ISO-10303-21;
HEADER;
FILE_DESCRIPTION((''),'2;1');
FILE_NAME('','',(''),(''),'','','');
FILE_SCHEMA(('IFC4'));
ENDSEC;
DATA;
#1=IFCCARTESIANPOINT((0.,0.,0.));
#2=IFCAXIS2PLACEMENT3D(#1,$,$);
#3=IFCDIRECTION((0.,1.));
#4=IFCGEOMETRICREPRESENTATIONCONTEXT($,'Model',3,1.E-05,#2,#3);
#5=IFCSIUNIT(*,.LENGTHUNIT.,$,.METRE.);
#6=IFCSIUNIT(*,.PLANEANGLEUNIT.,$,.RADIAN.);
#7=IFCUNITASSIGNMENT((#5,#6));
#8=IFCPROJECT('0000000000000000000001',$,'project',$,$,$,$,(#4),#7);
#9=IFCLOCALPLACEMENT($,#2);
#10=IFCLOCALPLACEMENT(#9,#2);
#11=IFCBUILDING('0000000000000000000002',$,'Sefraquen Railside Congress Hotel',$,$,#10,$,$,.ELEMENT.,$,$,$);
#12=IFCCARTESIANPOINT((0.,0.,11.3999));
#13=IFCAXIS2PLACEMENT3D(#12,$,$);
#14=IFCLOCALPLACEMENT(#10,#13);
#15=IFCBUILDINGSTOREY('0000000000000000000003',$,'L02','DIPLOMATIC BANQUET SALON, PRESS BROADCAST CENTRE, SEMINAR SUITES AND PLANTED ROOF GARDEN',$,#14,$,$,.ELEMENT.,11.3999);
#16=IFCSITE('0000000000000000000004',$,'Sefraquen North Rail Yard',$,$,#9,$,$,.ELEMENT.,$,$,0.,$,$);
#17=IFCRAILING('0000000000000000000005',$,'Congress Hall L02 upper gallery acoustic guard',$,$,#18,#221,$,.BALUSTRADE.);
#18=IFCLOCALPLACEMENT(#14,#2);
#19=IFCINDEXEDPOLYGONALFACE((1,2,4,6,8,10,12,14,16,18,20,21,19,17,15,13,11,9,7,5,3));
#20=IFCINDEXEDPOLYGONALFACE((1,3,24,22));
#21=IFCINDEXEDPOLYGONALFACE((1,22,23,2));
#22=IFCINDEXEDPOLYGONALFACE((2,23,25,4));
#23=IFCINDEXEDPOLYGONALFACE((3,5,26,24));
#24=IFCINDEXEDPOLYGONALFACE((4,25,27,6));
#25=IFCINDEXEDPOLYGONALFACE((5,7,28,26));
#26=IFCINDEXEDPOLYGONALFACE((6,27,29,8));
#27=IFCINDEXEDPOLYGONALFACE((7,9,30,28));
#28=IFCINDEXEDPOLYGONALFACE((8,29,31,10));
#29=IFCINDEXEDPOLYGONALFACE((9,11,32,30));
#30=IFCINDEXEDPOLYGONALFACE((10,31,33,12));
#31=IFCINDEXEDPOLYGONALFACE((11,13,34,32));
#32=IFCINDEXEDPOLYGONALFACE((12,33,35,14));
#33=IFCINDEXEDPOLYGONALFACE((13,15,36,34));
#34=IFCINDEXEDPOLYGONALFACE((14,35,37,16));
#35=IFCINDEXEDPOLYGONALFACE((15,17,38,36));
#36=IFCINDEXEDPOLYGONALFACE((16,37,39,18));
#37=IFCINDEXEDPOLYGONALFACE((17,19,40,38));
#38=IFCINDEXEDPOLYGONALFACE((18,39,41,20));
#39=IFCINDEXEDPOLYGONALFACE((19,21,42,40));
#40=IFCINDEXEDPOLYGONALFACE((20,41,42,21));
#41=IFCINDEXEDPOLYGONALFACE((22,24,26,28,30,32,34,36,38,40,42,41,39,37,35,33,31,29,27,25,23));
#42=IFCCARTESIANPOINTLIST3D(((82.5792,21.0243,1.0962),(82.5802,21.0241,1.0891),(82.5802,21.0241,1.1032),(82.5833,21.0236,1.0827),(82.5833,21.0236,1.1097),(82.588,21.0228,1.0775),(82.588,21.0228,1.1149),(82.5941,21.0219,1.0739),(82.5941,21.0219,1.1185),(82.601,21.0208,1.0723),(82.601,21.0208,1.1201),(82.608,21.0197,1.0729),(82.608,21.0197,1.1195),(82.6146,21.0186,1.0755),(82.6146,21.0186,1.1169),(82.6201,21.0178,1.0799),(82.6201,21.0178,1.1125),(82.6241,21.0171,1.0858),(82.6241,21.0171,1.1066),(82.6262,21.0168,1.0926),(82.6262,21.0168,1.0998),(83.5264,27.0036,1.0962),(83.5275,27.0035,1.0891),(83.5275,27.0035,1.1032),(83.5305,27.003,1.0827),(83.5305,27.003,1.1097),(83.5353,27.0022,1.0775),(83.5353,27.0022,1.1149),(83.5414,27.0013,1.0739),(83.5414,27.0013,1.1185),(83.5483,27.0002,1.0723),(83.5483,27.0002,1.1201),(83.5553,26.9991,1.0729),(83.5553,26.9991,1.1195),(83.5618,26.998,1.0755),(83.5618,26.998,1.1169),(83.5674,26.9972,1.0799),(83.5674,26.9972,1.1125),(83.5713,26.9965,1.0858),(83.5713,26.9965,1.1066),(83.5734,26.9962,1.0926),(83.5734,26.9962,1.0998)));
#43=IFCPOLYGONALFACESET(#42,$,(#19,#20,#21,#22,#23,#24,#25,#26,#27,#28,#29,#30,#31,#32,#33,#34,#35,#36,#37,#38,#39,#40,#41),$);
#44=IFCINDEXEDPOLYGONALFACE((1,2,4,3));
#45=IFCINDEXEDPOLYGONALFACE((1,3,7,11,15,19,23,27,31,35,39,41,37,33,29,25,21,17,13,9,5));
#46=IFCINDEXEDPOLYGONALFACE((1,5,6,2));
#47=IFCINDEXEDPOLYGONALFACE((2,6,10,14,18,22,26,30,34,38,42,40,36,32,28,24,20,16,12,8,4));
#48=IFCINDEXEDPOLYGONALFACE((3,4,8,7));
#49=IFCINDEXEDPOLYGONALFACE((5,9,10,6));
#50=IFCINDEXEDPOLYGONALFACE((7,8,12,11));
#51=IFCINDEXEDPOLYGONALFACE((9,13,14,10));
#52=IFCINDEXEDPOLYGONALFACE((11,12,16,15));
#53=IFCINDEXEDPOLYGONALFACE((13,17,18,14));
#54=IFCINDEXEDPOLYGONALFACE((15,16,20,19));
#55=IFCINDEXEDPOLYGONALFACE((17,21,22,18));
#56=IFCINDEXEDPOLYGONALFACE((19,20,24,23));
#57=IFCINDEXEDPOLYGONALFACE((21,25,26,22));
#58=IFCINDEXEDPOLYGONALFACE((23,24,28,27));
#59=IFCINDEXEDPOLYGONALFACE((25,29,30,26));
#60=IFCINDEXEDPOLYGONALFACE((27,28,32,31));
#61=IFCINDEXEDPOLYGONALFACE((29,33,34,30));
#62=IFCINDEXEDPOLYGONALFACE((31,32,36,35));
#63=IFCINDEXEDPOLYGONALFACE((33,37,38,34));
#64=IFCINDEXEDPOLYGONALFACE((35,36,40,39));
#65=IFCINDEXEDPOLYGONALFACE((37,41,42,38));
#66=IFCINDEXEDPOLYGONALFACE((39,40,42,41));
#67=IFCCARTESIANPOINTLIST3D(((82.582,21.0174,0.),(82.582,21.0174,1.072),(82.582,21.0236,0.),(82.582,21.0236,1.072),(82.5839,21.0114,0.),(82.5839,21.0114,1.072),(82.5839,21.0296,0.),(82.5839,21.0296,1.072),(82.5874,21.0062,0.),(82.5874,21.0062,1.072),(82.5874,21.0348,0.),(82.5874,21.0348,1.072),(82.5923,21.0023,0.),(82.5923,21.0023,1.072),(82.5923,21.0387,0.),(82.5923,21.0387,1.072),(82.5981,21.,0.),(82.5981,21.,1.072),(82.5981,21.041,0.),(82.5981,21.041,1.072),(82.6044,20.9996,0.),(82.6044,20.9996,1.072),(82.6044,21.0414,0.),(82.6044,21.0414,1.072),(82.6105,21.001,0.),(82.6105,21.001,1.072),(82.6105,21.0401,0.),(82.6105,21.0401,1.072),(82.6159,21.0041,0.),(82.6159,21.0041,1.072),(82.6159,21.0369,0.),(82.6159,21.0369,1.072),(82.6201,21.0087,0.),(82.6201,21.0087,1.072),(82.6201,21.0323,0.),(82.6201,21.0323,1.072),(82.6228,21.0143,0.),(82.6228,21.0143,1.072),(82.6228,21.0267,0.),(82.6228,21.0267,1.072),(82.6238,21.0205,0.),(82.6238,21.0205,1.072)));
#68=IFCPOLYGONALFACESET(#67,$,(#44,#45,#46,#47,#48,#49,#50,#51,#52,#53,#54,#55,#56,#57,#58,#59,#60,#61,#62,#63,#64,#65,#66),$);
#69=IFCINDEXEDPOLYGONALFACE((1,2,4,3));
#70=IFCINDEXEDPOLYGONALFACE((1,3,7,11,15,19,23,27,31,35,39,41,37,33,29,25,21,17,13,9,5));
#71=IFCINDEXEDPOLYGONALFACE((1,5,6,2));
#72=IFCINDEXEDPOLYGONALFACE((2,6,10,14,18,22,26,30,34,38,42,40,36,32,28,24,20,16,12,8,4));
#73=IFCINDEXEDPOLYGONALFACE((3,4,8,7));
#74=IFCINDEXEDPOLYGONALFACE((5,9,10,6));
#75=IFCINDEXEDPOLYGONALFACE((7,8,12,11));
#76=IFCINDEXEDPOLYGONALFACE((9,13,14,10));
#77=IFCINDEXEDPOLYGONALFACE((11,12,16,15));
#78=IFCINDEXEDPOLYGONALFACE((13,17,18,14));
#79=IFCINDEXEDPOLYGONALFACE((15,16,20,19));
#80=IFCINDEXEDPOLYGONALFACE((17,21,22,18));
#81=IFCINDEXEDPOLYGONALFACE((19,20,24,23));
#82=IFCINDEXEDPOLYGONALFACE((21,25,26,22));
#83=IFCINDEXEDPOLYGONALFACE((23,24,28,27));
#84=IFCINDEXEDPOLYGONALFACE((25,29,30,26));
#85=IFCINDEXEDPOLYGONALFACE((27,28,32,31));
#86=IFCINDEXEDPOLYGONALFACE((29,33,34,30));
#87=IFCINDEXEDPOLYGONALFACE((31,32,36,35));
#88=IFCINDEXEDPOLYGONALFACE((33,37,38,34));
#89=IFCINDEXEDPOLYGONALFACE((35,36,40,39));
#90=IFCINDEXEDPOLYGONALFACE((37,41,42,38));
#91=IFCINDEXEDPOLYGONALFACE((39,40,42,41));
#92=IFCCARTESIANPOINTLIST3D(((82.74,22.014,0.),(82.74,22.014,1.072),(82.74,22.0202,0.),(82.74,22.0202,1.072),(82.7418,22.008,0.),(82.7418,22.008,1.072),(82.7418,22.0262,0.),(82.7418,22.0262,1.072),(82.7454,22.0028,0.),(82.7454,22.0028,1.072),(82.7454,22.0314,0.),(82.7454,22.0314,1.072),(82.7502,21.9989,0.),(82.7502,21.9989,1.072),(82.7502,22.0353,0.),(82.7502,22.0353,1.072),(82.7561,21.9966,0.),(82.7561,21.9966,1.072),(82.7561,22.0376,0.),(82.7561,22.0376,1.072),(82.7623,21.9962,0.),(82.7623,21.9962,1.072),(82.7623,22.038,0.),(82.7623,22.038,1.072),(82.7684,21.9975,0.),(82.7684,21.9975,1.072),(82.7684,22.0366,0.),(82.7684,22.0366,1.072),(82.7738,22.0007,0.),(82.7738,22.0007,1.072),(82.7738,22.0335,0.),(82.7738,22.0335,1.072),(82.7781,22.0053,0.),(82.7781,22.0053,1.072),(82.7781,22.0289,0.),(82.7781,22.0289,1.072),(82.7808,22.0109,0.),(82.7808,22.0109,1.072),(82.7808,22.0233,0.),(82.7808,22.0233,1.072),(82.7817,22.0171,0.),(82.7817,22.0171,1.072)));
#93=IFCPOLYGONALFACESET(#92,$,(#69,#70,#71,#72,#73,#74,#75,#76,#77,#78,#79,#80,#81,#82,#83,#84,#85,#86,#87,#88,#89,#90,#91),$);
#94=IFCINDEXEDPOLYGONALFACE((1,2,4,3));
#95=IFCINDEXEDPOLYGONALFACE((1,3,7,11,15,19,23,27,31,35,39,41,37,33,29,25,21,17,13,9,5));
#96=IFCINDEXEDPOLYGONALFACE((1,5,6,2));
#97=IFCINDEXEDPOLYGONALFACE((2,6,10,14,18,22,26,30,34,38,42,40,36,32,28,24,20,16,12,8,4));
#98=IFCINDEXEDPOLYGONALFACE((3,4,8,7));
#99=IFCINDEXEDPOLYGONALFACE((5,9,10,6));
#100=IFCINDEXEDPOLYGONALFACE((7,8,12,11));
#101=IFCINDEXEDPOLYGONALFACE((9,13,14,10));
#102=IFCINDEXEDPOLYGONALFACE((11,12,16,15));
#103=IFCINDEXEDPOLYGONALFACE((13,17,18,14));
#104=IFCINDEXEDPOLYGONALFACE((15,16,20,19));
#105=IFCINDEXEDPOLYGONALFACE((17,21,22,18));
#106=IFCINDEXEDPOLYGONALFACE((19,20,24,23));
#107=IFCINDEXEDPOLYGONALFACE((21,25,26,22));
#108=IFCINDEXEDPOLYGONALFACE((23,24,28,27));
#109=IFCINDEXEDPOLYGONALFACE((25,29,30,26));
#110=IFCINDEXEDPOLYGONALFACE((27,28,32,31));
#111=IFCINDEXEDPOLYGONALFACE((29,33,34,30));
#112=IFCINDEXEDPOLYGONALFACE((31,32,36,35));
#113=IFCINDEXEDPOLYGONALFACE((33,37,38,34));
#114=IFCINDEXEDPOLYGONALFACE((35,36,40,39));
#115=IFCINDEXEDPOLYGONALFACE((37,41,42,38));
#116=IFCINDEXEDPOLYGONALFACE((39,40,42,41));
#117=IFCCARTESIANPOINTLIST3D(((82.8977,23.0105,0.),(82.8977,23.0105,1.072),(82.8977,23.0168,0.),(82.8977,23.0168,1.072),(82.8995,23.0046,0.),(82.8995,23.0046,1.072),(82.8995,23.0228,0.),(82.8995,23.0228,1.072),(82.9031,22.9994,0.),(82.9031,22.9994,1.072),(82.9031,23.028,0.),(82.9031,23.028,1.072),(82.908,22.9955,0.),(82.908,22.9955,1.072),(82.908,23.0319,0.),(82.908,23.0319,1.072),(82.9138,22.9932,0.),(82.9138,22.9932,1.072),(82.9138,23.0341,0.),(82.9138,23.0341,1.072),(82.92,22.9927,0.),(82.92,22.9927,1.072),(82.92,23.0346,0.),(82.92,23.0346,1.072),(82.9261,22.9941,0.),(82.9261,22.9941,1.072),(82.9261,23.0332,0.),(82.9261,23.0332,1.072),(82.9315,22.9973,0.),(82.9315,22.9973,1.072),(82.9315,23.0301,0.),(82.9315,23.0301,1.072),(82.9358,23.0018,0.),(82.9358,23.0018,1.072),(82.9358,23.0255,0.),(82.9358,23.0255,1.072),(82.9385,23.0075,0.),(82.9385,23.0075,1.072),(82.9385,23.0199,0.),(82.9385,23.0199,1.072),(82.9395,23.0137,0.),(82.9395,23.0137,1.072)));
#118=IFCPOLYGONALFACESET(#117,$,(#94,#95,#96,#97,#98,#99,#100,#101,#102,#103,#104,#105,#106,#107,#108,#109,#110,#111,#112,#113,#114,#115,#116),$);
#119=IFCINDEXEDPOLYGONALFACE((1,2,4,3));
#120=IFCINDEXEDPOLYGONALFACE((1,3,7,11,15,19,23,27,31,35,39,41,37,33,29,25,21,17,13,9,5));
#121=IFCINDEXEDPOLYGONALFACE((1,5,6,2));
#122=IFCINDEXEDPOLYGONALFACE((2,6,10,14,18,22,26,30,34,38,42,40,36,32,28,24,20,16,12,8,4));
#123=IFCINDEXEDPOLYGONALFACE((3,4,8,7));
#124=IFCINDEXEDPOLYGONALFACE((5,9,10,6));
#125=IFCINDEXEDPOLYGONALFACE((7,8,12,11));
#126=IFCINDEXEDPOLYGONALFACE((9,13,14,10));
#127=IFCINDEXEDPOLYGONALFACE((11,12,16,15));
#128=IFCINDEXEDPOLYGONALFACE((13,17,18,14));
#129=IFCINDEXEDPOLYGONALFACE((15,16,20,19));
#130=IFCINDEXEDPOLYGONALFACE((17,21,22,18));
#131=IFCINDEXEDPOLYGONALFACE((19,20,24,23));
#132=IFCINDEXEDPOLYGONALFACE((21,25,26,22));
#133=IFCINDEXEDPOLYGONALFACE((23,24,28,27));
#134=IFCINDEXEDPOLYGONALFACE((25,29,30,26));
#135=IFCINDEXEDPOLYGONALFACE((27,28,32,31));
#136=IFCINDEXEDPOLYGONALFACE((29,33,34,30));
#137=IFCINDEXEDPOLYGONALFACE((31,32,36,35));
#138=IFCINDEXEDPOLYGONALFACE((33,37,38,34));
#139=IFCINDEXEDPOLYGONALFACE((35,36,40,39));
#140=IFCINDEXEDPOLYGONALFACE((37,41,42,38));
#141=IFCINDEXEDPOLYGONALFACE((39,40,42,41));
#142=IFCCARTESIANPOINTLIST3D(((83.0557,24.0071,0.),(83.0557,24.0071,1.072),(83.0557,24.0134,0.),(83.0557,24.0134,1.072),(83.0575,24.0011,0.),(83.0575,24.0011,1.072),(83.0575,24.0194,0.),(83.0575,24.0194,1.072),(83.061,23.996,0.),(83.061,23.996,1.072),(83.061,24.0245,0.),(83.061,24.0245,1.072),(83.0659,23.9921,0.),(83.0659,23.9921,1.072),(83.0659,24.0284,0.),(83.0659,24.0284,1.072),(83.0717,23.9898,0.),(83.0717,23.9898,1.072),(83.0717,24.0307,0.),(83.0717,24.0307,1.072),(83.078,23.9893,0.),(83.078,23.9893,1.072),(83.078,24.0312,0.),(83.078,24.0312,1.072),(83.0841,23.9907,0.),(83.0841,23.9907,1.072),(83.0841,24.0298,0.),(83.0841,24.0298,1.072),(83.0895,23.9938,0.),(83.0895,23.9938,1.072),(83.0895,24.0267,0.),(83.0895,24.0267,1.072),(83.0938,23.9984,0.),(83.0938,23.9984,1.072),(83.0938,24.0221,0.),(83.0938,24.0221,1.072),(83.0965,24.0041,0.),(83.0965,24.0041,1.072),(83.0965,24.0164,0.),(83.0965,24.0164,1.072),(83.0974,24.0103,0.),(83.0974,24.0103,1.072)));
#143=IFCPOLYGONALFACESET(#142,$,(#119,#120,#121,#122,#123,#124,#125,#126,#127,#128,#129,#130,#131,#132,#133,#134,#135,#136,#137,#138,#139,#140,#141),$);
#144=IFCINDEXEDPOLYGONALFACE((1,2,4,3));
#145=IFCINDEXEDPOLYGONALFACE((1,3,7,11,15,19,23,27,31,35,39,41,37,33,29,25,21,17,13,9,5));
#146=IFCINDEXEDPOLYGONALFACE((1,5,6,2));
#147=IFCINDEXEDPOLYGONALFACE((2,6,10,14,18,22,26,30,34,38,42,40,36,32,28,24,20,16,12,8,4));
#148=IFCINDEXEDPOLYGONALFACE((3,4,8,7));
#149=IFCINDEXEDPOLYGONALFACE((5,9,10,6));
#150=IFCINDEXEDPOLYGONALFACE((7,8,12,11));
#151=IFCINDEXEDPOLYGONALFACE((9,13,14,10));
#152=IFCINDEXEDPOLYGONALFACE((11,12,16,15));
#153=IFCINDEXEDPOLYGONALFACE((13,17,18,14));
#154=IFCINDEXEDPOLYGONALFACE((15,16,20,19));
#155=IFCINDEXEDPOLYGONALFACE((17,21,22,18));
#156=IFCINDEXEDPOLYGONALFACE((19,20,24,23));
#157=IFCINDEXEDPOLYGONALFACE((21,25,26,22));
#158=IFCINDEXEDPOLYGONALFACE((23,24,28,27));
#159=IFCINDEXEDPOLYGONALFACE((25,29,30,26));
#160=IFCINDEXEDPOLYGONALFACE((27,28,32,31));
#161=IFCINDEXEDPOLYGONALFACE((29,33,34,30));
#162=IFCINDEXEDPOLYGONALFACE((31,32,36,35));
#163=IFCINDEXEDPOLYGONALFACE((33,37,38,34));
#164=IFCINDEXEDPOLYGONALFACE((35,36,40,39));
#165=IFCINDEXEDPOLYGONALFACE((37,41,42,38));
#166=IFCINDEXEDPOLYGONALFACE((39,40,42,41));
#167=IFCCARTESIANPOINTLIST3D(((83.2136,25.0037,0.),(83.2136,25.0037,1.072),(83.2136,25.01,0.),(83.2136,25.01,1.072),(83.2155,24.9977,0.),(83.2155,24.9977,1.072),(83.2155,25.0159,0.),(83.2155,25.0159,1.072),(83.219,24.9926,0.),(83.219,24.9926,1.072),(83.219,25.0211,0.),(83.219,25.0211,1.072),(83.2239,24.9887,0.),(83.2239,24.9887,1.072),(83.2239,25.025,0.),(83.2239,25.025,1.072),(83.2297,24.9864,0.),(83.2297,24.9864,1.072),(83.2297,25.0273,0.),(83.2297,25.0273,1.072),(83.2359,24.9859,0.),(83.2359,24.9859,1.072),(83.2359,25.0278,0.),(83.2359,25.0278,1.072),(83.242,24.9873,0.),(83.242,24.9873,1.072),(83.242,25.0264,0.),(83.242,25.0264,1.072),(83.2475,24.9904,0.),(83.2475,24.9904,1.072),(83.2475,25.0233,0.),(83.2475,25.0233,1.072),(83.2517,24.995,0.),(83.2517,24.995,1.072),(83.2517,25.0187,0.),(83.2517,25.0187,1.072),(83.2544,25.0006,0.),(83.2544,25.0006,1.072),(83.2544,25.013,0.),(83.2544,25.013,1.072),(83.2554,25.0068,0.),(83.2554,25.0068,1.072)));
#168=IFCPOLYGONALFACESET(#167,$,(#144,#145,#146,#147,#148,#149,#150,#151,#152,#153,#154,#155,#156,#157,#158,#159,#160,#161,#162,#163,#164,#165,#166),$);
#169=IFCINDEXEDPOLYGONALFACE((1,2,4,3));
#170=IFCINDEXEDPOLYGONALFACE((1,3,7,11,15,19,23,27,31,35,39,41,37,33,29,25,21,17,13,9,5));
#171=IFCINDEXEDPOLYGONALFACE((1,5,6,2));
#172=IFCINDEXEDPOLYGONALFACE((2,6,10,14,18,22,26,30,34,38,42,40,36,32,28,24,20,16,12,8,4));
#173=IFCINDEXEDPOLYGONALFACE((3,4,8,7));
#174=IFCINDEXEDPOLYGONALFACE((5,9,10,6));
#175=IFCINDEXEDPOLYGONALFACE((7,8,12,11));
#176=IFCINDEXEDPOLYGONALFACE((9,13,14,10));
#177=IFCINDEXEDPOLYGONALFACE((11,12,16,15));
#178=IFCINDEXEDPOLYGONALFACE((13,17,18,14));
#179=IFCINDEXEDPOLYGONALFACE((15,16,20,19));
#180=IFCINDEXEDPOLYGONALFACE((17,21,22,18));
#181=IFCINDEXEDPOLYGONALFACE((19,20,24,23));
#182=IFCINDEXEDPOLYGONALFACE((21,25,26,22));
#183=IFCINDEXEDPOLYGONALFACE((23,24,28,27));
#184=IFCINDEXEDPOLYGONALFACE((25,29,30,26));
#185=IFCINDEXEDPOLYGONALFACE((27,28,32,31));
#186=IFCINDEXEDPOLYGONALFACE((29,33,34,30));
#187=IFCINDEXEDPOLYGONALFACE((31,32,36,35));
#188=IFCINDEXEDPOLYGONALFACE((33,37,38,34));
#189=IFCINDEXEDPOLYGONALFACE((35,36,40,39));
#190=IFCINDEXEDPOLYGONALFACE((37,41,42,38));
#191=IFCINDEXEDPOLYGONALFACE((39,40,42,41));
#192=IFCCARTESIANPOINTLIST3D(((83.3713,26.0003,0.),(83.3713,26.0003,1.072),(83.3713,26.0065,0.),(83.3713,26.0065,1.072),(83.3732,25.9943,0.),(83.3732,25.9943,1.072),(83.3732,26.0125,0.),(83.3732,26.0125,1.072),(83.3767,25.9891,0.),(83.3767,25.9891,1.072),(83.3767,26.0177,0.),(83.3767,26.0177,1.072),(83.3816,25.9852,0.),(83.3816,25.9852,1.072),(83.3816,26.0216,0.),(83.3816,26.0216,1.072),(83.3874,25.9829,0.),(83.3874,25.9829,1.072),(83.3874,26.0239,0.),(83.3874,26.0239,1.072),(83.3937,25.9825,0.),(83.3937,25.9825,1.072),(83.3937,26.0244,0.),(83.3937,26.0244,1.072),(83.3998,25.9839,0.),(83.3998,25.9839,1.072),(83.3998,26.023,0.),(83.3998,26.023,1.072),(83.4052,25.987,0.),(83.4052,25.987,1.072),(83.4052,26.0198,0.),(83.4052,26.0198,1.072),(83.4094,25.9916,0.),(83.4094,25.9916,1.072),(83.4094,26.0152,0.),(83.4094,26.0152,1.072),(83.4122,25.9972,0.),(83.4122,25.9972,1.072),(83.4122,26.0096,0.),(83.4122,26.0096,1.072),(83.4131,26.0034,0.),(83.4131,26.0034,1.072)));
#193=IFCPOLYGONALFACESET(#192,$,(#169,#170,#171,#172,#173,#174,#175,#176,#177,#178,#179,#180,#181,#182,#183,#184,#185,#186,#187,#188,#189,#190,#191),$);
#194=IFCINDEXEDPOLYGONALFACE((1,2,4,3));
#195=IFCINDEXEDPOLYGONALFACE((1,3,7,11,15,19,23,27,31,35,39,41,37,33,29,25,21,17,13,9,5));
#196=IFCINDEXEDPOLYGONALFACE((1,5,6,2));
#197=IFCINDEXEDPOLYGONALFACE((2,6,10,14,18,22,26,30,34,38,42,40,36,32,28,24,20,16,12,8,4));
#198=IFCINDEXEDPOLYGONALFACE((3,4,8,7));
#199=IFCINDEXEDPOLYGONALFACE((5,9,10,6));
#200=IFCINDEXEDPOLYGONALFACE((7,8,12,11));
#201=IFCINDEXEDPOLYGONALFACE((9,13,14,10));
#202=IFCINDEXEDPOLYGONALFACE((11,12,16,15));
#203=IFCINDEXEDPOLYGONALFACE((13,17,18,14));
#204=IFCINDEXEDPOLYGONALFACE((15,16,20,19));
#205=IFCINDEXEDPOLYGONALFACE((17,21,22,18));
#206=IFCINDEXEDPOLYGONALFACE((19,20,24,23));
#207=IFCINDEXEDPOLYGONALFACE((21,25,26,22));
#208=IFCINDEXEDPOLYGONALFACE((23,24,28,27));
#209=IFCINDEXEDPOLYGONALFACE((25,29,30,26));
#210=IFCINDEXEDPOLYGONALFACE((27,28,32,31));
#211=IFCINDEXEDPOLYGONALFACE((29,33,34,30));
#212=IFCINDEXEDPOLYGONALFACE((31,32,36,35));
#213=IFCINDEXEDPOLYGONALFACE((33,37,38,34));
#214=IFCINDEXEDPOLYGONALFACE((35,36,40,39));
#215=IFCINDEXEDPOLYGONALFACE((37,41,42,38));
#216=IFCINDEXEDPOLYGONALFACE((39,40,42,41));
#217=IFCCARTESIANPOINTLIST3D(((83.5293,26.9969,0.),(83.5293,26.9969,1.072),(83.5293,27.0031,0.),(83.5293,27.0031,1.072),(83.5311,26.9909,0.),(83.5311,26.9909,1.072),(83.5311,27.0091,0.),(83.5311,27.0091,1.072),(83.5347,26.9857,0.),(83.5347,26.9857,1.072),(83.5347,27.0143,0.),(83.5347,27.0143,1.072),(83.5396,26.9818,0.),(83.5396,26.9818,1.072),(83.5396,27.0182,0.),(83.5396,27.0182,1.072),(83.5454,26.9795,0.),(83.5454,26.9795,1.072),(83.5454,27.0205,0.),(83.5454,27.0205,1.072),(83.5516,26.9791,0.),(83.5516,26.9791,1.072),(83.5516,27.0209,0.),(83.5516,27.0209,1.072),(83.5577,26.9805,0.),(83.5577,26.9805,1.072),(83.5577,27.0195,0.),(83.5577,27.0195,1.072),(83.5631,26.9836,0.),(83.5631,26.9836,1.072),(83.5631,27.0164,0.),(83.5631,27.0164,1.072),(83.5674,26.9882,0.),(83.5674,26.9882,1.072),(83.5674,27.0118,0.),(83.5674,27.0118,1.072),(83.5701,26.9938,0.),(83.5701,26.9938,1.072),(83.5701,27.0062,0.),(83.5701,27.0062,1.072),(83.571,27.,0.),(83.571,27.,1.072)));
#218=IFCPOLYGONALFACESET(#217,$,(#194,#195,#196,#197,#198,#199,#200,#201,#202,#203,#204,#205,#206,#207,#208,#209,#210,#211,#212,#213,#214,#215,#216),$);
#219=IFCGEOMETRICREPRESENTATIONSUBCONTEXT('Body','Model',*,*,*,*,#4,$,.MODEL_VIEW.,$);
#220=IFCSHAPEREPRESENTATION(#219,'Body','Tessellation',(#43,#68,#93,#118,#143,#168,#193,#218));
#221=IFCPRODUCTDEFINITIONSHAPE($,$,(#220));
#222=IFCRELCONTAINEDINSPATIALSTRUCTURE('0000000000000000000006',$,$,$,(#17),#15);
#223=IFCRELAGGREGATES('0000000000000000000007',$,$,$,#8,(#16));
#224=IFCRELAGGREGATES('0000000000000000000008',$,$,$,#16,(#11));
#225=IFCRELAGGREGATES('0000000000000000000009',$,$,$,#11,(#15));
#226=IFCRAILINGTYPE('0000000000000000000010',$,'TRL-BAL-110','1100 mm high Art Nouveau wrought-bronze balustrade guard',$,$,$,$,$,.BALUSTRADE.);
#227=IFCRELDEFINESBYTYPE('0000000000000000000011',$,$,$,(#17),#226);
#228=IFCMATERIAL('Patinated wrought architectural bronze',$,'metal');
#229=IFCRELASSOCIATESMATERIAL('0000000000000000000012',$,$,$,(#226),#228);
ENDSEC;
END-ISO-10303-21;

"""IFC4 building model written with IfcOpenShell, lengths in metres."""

from ifc_helpers import new_model, si_unit, direction, frame, origin, origin_2d, place, context, subcontext, project, spatial, circle, extrude, material, type_object, element, save


model = new_model("IFC4")

# Units and contexts
model_context = context("Model", 3, precision=1e-05, world=origin(), true_north=direction((0.0, 1.0)))
body_context = subcontext(model_context, "Body", "Model", "MODEL_VIEW")
ifc_project = project(units=[si_unit("LENGTHUNIT", "METRE"), si_unit("PLANEANGLEUNIT", "RADIAN")], contexts=[model_context])

# Site, building, storey
site_placement = place(None, origin())
site = spatial("IfcSite", under=ifc_project, at=site_placement, Name="Sefraquen North Rail Yard", CompositionType="ELEMENT", RefElevation=0.0)
building_placement = place(site_placement, origin())
building = spatial("IfcBuilding", under=site, at=building_placement, Name="Sefraquen Railside Congress Hotel", CompositionType="ELEMENT")
storey_placement = place(building_placement, frame((0.0, 0.0, 11.3999)))
storey = spatial("IfcBuildingStorey", under=building, at=storey_placement, Name="L02", Description="DIPLOMATIC BANQUET SALON, PRESS BROADCAST CENTRE, SEMINAR SUITES AND PLANTED ROOF GARDEN", CompositionType="ELEMENT", Elevation=11.3999)

# Railing
ifc_material_1 = material(Name="Patinated wrought architectural bronze", Category="metal")
railing_type = type_object("IfcRailingType", Name="TRL-BAL-110", Description="1100 mm high Art Nouveau wrought-bronze balustrade guard", PredefinedType="BALUSTRADE", material=ifc_material_1)
railing_1_placement = place(storey_placement, frame((82.6028, 21.0205, 0.0)))
element("IfcRailing", 1, at=railing_1_placement, inside=storey, type_object=railing_type, Name="Congress Hall L02 upper gallery acoustic guard", PredefinedType="BALUSTRADE", context=body_context, shape_type="SweptSolid", body=[
    extrude(circle(Radius=0.0239, at=origin_2d()), frame((0.0, 0.0, 1.0962), z_axis=(0.156468, 0.987683, 0.0), x_axis=(-0.987683, 0.156468, 0.0)), (0.0, 0.0, 1.0), 6.054),
    extrude(circle(Radius=0.021, at=origin_2d()), origin(), (0.0, 0.0, 1.0), 1.072),
    extrude(circle(Radius=0.021, at=origin_2d()), frame((0.158, 0.9966, 0.0)), (0.0, 0.0, 1.0), 1.072),
    extrude(circle(Radius=0.021, at=origin_2d()), frame((0.3157, 1.9932, 0.0)), (0.0, 0.0, 1.0), 1.072),
    extrude(circle(Radius=0.021, at=origin_2d()), frame((0.4736, 2.9897, 0.0)), (0.0, 0.0, 1.0), 1.072),
    extrude(circle(Radius=0.021, at=origin_2d()), frame((0.6316, 3.9863, 0.0)), (0.0, 0.0, 1.0), 1.072),
    extrude(circle(Radius=0.021, at=origin_2d()), frame((0.7893, 4.9829, 0.0)), (0.0, 0.0, 1.0), 1.072),
    extrude(circle(Radius=0.021, at=origin_2d()), frame((0.9473, 5.9795, 0.0)), (0.0, 0.0, 1.0), 1.072),
])

save(model, "model.ifc")
